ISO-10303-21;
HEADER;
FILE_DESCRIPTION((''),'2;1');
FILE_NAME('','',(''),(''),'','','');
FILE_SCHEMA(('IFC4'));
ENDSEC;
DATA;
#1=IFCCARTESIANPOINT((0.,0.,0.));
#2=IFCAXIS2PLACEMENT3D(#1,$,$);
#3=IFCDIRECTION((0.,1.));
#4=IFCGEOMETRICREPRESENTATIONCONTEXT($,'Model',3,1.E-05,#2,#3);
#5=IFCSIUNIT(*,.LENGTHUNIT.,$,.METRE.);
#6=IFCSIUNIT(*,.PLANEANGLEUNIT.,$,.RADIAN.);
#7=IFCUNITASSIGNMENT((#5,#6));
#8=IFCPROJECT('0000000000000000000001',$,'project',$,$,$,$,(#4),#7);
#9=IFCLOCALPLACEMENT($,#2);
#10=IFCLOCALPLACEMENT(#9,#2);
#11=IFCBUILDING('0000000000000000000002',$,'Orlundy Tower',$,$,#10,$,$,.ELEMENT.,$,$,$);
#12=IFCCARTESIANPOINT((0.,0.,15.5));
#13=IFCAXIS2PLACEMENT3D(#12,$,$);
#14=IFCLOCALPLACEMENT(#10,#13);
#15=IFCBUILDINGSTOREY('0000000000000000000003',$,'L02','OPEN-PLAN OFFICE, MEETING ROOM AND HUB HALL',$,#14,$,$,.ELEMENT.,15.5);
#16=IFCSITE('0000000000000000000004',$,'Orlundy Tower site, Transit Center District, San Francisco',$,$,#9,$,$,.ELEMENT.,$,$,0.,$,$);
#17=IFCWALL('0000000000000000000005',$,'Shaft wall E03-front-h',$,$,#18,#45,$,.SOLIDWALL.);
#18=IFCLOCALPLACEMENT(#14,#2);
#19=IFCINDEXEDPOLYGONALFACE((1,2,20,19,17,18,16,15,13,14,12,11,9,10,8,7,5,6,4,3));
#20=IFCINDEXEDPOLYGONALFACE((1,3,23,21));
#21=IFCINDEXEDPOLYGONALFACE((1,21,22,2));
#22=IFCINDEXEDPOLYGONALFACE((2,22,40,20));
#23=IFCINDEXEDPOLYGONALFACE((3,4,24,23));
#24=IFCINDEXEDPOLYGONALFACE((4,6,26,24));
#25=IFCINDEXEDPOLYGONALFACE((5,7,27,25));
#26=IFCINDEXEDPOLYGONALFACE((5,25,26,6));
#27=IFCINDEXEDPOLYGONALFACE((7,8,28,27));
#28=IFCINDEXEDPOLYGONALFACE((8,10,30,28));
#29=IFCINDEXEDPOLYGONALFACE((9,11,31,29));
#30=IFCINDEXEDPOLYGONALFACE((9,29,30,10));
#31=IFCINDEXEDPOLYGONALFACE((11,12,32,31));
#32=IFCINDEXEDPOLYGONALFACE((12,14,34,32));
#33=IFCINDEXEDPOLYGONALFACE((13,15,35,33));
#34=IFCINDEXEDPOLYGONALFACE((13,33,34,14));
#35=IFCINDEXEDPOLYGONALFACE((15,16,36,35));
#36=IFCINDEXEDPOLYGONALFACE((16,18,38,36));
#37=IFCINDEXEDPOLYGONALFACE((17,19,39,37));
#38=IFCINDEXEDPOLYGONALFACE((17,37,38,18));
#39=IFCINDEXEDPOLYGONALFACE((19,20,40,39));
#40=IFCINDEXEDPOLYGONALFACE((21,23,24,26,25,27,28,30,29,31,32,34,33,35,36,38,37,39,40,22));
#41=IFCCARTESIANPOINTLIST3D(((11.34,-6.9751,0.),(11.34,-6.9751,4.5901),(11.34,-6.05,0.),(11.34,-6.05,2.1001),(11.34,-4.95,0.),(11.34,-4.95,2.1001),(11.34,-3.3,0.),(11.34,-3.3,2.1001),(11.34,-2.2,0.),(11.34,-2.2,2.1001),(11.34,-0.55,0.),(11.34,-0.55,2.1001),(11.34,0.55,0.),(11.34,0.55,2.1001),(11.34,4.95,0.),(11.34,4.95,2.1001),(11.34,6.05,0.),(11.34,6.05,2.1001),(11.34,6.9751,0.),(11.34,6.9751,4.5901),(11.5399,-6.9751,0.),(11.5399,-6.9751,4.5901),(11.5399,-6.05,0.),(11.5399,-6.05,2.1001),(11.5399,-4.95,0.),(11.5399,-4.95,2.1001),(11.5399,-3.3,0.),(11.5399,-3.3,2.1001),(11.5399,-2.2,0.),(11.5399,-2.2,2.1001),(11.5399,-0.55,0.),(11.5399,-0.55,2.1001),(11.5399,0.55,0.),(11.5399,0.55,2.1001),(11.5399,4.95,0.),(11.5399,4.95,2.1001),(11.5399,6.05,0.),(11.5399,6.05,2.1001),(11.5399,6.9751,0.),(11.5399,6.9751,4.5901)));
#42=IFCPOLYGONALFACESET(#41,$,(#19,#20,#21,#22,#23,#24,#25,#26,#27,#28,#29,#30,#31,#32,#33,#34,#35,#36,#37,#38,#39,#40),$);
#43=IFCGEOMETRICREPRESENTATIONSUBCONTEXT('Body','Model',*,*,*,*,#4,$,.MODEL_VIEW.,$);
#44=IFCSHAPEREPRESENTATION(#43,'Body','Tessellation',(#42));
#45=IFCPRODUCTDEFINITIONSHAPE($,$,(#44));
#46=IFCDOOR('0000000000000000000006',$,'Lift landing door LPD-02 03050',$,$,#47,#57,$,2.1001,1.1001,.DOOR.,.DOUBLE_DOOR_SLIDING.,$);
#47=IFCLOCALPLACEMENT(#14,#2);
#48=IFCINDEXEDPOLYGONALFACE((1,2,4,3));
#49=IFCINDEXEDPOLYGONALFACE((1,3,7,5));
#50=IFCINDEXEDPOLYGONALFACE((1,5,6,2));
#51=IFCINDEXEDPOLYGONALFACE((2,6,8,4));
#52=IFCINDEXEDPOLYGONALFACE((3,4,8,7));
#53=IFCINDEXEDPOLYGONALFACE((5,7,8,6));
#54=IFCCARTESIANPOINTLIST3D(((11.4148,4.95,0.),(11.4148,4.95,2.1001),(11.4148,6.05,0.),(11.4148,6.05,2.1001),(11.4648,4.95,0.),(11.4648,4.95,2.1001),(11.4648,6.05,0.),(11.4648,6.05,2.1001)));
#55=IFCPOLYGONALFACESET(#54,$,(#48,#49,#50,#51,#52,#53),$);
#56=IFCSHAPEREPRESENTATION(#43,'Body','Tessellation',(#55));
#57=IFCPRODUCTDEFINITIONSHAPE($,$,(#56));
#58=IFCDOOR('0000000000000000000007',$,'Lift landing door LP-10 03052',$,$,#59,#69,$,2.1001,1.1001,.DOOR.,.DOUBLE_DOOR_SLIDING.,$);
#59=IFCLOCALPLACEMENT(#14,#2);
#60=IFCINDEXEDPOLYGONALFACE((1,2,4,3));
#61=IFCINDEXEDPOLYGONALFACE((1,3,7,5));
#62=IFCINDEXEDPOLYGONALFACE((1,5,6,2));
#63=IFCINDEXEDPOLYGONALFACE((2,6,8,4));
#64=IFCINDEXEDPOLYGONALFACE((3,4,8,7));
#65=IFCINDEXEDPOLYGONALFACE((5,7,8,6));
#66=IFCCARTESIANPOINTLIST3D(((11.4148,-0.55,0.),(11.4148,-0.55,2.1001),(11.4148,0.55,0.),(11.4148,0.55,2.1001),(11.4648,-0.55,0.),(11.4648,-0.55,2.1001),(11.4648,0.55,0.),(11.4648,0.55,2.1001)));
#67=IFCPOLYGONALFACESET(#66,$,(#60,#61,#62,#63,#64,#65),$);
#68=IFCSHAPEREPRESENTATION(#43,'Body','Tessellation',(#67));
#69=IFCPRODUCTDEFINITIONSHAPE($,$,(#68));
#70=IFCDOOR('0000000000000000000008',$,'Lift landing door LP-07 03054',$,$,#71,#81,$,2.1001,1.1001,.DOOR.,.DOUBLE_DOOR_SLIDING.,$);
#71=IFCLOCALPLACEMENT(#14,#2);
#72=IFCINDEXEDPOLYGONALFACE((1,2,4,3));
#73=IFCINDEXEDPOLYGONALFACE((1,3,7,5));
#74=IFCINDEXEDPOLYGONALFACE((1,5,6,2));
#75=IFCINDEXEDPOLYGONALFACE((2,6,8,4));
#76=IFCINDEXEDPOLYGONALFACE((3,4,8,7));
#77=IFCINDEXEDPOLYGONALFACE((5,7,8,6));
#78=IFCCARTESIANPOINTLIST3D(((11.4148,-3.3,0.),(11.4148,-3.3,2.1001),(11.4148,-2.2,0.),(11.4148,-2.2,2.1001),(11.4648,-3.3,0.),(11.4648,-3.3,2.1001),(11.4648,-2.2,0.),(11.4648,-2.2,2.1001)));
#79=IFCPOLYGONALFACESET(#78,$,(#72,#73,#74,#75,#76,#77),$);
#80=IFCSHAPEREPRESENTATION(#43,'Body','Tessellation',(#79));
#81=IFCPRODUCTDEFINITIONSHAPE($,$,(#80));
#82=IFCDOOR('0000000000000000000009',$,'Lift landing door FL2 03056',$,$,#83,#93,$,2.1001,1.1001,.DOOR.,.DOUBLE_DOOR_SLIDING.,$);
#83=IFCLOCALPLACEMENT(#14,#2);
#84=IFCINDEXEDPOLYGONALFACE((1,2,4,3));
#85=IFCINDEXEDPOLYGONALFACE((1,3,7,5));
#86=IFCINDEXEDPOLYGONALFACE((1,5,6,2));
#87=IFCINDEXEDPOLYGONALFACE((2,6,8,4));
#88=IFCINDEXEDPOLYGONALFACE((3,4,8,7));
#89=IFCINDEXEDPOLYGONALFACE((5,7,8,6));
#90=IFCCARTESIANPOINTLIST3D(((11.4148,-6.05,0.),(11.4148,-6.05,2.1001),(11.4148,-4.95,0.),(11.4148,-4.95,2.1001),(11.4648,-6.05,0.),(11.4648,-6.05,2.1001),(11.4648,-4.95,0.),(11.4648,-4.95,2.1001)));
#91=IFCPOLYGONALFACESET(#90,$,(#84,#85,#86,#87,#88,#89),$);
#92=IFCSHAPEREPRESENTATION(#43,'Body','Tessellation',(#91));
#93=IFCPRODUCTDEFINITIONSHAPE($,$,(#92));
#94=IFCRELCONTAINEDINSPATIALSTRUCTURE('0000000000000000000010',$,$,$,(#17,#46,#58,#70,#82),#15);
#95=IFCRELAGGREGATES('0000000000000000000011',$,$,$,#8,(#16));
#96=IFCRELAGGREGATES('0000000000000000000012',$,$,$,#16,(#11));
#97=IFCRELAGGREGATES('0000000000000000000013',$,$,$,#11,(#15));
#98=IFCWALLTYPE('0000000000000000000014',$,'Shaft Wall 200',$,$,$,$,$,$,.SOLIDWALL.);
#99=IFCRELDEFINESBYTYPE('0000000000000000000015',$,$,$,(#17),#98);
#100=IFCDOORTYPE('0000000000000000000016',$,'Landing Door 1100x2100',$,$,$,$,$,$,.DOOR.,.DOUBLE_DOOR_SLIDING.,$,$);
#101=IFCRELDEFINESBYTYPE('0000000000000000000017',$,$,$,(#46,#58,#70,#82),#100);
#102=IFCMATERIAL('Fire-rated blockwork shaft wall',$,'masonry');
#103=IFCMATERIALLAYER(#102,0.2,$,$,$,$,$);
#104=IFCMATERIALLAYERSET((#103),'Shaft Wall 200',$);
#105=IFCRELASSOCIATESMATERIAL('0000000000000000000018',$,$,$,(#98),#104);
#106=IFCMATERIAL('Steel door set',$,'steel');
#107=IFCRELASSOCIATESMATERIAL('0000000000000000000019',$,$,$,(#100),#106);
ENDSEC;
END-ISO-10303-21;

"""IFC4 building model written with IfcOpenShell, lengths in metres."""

from ifc_helpers import new_model, si_unit, direction, frame, frame_2d, origin, place, context, subcontext, project, spatial, rectangle, extrude, material, layer, layer_set, type_object, element, fill, save


model = new_model("IFC4")

# Units and contexts
model_context = context("Model", 3, precision=1e-05, world=origin(), true_north=direction((0.0, 1.0)))
body_context = subcontext(model_context, "Body", "Model", "MODEL_VIEW")
ifc_project = project(units=[si_unit("LENGTHUNIT", "METRE"), si_unit("PLANEANGLEUNIT", "RADIAN")], contexts=[model_context])

# Site, building, storey
site_placement = place(None, origin())
site = spatial("IfcSite", under=ifc_project, at=site_placement, Name="Orlundy Tower site, Transit Center District, San Francisco", CompositionType="ELEMENT", RefElevation=0.0)
building_placement = place(site_placement, origin())
building = spatial("IfcBuilding", under=site, at=building_placement, Name="Orlundy Tower", CompositionType="ELEMENT")
storey_placement = place(building_placement, frame((0.0, 0.0, 15.5)))
storey = spatial("IfcBuildingStorey", under=building, at=storey_placement, Name="L02", Description="OPEN-PLAN OFFICE, MEETING ROOM AND HUB HALL", CompositionType="ELEMENT", Elevation=15.5)

# Shared definitions
ifc_material_1 = material(Name="Fire-rated blockwork shaft wall", Category="masonry")
ifc_layer_1 = layer(ifc_material_1, 0.2)
ifc_layer_set_1 = layer_set([ifc_layer_1], Name="Shaft Wall 200")
wall_type_1 = type_object("IfcWallType", Name="Shaft Wall 200", PredefinedType="SOLIDWALL", material=ifc_layer_set_1)

# Wall, openings, doors
wall_1_placement = place(storey_placement, frame((11.4399, 6.9751, 0.0), z_axis=(0.0, 0.0, 1.0), x_axis=(0.0, -1.0, 0.0)))
wall_1 = element("IfcWall", 1, at=wall_1_placement, inside=storey, type_object=wall_type_1, Name="Shaft wall E03-front-h", PredefinedType="SOLIDWALL", context=body_context, shape_type="SweptSolid", body=[
    extrude(rectangle(XDim=13.9502, YDim=0.2, at=frame_2d((6.9751, 0.0))), origin(), (0.0, 0.0, 1.0), 4.5901),
])
opening_1_placement = place(wall_1_placement, frame((0.925, 0.0, 0.0)))
opening_1 = element("IfcOpeningElement", 2, at=opening_1_placement, cuts=wall_1, PredefinedType="OPENING", context=body_context, shape_type="SweptSolid", body=[
    extrude(rectangle(XDim=1.1001, YDim=2.1001, at=frame_2d((0.55, 1.05))), frame((0.0, 0.1101, 0.0), z_axis=(0.0, -1.0, 0.0), x_axis=(1.0, 0.0, 0.0)), (0.0, 0.0, 1.0), 0.2202),
])
opening_2_placement = place(wall_1_placement, frame((6.425, 0.0, 0.0)))
opening_2 = element("IfcOpeningElement", 3, at=opening_2_placement, cuts=wall_1, PredefinedType="OPENING", context=body_context, shape_type="SweptSolid", body=[
    extrude(rectangle(XDim=1.1001, YDim=2.1001, at=frame_2d((0.55, 1.05))), frame((0.0, 0.1101, 0.0), z_axis=(0.0, -1.0, 0.0), x_axis=(1.0, 0.0, 0.0)), (0.0, 0.0, 1.0), 0.2202),
])
opening_3_placement = place(wall_1_placement, frame((9.175, 0.0, 0.0)))
opening_3 = element("IfcOpeningElement", 4, at=opening_3_placement, cuts=wall_1, PredefinedType="OPENING", context=body_context, shape_type="SweptSolid", body=[
    extrude(rectangle(XDim=1.1001, YDim=2.1001, at=frame_2d((0.55, 1.05))), frame((0.0, 0.1101, 0.0), z_axis=(0.0, -1.0, 0.0), x_axis=(1.0, 0.0, 0.0)), (0.0, 0.0, 1.0), 0.2202),
])
opening_4_placement = place(wall_1_placement, frame((11.925, 0.0, 0.0)))
opening_4 = element("IfcOpeningElement", 5, at=opening_4_placement, cuts=wall_1, PredefinedType="OPENING", context=body_context, shape_type="SweptSolid", body=[
    extrude(rectangle(XDim=1.1001, YDim=2.1001, at=frame_2d((0.55, 1.05))), frame((0.0, 0.1101, 0.0), z_axis=(0.0, -1.0, 0.0), x_axis=(1.0, 0.0, 0.0)), (0.0, 0.0, 1.0), 0.2202),
])
ifc_material_2 = material(Name="Steel door set", Category="steel")
door_type_1 = type_object("IfcDoorType", Name="Landing Door 1100x2100", OperationType="DOUBLE_DOOR_SLIDING", PredefinedType="DOOR", material=ifc_material_2)
door_1_placement = place(opening_1_placement, origin())
door_1 = element("IfcDoor", 6, at=door_1_placement, inside=storey, type_object=door_type_1, Name="Lift landing door LPD-02 03050", OperationType="DOUBLE_DOOR_SLIDING", OverallHeight=2.1001, OverallWidth=1.1001, PredefinedType="DOOR", context=body_context, shape_type="SweptSolid", body=[
    extrude(rectangle(XDim=1.1001, YDim=2.1001, at=frame_2d((0.55, 1.05))), frame((0.0, 0.0249, 0.0), z_axis=(0.0, -1.0, 0.0), x_axis=(1.0, 0.0, 0.0)), (0.0, 0.0, 1.0), 0.05),
])
fill(opening_1, door_1)
door_2_placement = place(opening_2_placement, origin())
door_2 = element("IfcDoor", 7, at=door_2_placement, inside=storey, type_object=door_type_1, Name="Lift landing door LP-10 03052", OperationType="DOUBLE_DOOR_SLIDING", OverallHeight=2.1001, OverallWidth=1.1001, PredefinedType="DOOR", context=body_context, shape_type="SweptSolid", body=[
    extrude(rectangle(XDim=1.1001, YDim=2.1001, at=frame_2d((0.55, 1.05))), frame((0.0, 0.0249, 0.0), z_axis=(0.0, -1.0, 0.0), x_axis=(1.0, 0.0, 0.0)), (0.0, 0.0, 1.0), 0.05),
])
fill(opening_2, door_2)
door_3_placement = place(opening_3_placement, origin())
door_3 = element("IfcDoor", 8, at=door_3_placement, inside=storey, type_object=door_type_1, Name="Lift landing door LP-07 03054", OperationType="DOUBLE_DOOR_SLIDING", OverallHeight=2.1001, OverallWidth=1.1001, PredefinedType="DOOR", context=body_context, shape_type="SweptSolid", body=[
    extrude(rectangle(XDim=1.1001, YDim=2.1001, at=frame_2d((0.55, 1.05))), frame((0.0, 0.0249, 0.0), z_axis=(0.0, -1.0, 0.0), x_axis=(1.0, 0.0, 0.0)), (0.0, 0.0, 1.0), 0.05),
])
fill(opening_3, door_3)
door_4_placement = place(opening_4_placement, origin())
door_4 = element("IfcDoor", 9, at=door_4_placement, inside=storey, type_object=door_type_1, Name="Lift landing door FL2 03056", OperationType="DOUBLE_DOOR_SLIDING", OverallHeight=2.1001, OverallWidth=1.1001, PredefinedType="DOOR", context=body_context, shape_type="SweptSolid", body=[
    extrude(rectangle(XDim=1.1001, YDim=2.1001, at=frame_2d((0.55, 1.05))), frame((0.0, 0.0249, 0.0), z_axis=(0.0, -1.0, 0.0), x_axis=(1.0, 0.0, 0.0)), (0.0, 0.0, 1.0), 0.05),
])
fill(opening_4, door_4)

save(model, "model.ifc")
